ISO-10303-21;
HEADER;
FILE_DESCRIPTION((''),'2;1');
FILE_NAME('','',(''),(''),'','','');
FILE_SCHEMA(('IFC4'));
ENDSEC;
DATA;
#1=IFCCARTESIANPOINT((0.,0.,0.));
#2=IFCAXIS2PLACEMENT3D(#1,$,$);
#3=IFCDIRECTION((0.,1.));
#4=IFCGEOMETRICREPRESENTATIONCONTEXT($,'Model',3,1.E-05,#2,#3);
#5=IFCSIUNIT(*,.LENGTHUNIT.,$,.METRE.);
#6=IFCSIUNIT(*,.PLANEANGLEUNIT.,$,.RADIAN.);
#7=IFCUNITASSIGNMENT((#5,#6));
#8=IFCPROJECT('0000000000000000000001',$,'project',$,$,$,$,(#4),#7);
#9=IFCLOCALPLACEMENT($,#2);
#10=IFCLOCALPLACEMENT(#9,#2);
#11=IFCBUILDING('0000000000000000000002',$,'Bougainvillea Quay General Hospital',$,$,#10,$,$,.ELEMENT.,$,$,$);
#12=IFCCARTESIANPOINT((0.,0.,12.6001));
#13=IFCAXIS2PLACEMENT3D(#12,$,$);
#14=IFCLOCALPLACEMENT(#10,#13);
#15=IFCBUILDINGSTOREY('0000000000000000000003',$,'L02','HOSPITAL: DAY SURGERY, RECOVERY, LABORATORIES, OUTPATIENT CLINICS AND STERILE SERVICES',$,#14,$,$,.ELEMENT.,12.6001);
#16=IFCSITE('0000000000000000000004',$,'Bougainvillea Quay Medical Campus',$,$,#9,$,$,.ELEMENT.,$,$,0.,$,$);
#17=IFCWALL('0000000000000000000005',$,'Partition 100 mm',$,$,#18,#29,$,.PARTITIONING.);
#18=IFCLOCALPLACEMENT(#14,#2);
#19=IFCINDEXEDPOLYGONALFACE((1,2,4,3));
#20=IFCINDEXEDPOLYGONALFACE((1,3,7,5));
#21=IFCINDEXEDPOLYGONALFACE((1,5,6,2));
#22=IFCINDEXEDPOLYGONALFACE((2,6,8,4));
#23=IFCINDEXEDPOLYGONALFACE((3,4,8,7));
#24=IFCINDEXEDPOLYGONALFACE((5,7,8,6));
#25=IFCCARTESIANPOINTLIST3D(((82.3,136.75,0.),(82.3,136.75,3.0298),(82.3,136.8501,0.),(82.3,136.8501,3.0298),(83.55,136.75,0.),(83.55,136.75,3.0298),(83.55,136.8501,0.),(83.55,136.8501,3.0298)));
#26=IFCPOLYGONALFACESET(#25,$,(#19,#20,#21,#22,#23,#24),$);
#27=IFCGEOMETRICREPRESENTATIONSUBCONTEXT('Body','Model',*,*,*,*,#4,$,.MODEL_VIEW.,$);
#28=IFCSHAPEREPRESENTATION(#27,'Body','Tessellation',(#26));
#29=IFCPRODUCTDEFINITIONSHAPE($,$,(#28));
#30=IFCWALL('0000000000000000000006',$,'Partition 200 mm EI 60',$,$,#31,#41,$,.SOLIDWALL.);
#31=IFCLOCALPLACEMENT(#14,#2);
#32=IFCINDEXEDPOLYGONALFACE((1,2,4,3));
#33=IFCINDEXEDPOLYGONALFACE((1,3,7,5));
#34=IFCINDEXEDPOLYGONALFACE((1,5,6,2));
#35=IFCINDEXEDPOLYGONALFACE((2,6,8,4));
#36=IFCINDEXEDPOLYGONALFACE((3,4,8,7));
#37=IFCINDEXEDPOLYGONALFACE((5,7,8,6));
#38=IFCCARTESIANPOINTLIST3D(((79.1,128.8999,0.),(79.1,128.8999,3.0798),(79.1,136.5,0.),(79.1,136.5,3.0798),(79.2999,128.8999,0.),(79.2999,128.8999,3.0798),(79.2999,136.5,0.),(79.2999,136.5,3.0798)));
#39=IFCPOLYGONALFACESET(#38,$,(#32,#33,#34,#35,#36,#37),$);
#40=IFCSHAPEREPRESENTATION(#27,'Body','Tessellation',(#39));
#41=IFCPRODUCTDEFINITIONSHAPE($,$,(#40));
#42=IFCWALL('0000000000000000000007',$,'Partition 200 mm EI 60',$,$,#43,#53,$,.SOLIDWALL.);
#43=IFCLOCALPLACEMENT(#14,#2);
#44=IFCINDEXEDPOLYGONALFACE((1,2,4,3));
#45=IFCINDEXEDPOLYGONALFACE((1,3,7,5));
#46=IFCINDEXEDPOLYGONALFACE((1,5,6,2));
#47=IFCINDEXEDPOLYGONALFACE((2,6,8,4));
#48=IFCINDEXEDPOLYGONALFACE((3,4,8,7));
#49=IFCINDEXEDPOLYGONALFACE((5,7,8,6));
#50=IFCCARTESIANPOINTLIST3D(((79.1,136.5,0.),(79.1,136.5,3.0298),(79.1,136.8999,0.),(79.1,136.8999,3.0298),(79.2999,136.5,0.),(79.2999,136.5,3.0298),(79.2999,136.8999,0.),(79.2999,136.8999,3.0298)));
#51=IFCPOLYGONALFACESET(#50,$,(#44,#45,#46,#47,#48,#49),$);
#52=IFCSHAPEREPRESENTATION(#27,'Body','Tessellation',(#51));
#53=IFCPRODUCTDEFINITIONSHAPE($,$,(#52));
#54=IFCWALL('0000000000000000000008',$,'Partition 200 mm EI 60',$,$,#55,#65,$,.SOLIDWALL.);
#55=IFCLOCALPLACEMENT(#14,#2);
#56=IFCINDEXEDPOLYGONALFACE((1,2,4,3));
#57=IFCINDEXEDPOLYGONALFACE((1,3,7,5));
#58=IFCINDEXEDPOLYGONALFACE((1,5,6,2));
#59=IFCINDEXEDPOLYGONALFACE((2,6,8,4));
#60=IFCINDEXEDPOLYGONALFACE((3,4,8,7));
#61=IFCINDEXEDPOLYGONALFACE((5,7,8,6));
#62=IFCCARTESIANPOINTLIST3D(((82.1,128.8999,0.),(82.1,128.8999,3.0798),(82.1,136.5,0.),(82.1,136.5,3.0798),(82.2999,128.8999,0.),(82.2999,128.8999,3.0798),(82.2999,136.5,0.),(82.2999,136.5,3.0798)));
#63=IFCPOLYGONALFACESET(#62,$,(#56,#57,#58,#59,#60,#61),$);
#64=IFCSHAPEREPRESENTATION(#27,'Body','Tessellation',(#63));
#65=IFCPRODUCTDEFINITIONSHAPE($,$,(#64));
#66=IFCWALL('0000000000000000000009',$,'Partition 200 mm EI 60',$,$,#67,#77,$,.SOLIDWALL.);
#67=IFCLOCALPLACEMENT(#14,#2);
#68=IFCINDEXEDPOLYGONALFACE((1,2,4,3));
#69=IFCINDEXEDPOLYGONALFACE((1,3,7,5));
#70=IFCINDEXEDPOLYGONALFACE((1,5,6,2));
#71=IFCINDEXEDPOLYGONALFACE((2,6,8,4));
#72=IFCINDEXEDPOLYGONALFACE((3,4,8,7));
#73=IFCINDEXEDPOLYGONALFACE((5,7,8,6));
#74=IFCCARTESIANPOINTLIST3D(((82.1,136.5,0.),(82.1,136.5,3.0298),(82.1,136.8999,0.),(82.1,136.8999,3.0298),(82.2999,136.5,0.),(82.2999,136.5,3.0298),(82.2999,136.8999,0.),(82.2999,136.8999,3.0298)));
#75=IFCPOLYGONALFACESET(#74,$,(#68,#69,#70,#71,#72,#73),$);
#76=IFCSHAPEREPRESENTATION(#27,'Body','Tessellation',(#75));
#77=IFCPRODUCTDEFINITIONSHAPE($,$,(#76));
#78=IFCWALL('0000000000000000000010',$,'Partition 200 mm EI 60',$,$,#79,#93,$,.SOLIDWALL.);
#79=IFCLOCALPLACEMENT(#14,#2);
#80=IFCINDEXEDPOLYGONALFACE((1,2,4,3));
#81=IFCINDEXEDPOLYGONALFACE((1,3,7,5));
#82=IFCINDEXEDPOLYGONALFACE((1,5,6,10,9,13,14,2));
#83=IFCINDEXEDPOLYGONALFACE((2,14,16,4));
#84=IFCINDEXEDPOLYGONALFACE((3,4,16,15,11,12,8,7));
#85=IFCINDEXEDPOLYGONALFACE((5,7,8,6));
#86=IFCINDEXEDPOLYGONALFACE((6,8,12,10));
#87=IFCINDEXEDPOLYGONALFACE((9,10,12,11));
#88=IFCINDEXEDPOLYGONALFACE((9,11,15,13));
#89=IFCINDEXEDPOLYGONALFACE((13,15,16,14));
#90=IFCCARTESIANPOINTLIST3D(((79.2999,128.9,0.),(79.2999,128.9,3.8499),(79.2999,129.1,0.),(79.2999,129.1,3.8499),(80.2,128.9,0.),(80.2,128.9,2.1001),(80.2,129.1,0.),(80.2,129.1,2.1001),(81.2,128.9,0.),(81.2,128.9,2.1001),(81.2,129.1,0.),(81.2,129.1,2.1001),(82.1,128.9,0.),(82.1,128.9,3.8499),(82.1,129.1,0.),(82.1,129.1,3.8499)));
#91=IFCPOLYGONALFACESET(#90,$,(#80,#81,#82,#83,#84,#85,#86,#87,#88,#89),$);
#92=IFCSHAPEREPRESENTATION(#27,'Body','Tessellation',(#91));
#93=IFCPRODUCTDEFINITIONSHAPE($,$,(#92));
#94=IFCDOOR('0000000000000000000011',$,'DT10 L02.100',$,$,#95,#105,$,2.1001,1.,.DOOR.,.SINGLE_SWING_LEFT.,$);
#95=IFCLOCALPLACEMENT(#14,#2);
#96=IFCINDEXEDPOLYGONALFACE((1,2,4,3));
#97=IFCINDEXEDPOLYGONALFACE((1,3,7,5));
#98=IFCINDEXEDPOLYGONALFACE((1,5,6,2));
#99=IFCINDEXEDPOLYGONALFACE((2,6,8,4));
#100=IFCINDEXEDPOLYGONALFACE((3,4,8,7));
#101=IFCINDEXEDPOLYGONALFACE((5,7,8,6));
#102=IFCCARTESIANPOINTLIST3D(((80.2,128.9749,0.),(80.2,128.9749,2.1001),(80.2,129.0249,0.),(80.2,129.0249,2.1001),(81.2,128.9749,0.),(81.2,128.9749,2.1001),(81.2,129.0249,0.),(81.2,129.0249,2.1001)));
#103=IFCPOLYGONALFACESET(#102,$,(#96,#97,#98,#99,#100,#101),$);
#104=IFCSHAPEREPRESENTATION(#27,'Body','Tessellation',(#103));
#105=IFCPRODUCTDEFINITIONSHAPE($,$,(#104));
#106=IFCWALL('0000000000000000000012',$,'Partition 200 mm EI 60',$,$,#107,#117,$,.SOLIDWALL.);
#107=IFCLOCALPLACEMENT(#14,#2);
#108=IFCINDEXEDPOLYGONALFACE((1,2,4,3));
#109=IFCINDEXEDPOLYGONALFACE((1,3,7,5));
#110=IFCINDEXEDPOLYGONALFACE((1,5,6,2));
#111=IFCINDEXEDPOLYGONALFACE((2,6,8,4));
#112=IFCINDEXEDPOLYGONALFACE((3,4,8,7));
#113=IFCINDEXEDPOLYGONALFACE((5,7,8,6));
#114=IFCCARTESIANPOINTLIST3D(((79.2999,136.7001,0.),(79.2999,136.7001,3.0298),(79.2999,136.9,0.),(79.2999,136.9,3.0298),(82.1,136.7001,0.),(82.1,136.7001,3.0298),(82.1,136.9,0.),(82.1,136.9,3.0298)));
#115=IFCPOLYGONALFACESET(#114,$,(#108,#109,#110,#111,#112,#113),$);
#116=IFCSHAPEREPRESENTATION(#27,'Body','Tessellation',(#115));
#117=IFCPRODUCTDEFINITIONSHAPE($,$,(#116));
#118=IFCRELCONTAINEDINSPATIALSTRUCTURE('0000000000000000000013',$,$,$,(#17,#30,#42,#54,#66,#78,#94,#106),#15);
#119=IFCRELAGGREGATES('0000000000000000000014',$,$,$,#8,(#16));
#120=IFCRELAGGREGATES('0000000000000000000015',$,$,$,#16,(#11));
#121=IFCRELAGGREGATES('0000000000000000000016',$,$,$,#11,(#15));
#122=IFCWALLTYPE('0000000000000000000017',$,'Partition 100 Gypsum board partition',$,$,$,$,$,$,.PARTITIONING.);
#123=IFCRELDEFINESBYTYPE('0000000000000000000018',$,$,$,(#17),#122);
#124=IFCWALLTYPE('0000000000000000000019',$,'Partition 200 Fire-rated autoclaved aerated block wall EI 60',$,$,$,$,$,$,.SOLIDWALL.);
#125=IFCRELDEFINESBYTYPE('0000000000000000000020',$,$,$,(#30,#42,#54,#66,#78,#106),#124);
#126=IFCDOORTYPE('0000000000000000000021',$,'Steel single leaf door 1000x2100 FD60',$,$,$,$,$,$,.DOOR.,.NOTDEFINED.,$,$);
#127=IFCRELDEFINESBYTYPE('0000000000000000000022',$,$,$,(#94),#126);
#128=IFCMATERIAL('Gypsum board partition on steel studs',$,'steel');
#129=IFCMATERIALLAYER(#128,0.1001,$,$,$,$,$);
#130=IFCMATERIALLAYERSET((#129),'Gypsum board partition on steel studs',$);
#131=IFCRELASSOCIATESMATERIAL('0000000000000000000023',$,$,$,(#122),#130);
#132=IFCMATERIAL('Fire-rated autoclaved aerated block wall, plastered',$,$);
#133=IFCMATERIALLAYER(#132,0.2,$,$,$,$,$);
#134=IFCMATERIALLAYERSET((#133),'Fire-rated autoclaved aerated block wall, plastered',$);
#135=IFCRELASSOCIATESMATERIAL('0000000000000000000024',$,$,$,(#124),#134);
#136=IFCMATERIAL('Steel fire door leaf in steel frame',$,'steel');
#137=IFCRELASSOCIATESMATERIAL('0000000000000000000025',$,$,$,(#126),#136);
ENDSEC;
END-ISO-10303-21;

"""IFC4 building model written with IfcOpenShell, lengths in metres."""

from ifc_helpers import new_model, si_unit, direction, frame, frame_2d, origin, place, context, subcontext, project, spatial, rectangle, extrude, material, layer, layer_set, type_object, element, fill, save


model = new_model("IFC4")

# Units and contexts
model_context = context("Model", 3, precision=1e-05, world=origin(), true_north=direction((0.0, 1.0)))
body_context = subcontext(model_context, "Body", "Model", "MODEL_VIEW")
ifc_project = project(units=[si_unit("LENGTHUNIT", "METRE"), si_unit("PLANEANGLEUNIT", "RADIAN")], contexts=[model_context])

# Site, building, storey
site_placement = place(None, origin())
site = spatial("IfcSite", under=ifc_project, at=site_placement, Name="Bougainvillea Quay Medical Campus", CompositionType="ELEMENT", RefElevation=0.0)
building_placement = place(site_placement, origin())
building = spatial("IfcBuilding", under=site, at=building_placement, Name="Bougainvillea Quay General Hospital", CompositionType="ELEMENT")
storey_placement = place(building_placement, frame((0.0, 0.0, 12.6001)))
storey = spatial("IfcBuildingStorey", under=building, at=storey_placement, Name="L02", Description="HOSPITAL: DAY SURGERY, RECOVERY, LABORATORIES, OUTPATIENT CLINICS AND STERILE SERVICES", CompositionType="ELEMENT", Elevation=12.6001)

# Shared definitions
ifc_material_1 = material(Name="Gypsum board partition on steel studs", Category="steel")
ifc_layer_1 = layer(ifc_material_1, 0.1001)
ifc_layer_set_1 = layer_set([ifc_layer_1], Name="Gypsum board partition on steel studs")
wall_type_1 = type_object("IfcWallType", Name="Partition 100 Gypsum board partition", PredefinedType="PARTITIONING", material=ifc_layer_set_1)

# Walls
wall_1_placement = place(storey_placement, frame((82.3, 136.8, 0.0), z_axis=(0.0, 0.0, 1.0), x_axis=(1.0, 0.0, 0.0)))
element("IfcWall", 1, at=wall_1_placement, inside=storey, type_object=wall_type_1, Name="Partition 100 mm", PredefinedType="PARTITIONING", context=body_context, shape_type="SweptSolid", body=[
    extrude(rectangle(XDim=1.25, YDim=0.1001, at=frame_2d((0.625, 0.0))), origin(), (0.0, 0.0, 1.0), 3.0298),
])
ifc_material_2 = material(Name="Fire-rated autoclaved aerated block wall, plastered")
ifc_layer_2 = layer(ifc_material_2, 0.2)
ifc_layer_set_2 = layer_set([ifc_layer_2], Name="Fire-rated autoclaved aerated block wall, plastered")
wall_type_2 = type_object("IfcWallType", Name="Partition 200 Fire-rated autoclaved aerated block wall EI 60", PredefinedType="SOLIDWALL", material=ifc_layer_set_2)
wall_2_placement = place(storey_placement, frame((79.2, 128.8999, 0.0), z_axis=(0.0, 0.0, 1.0), x_axis=(0.0, 1.0, 0.0)))
element("IfcWall", 2, at=wall_2_placement, inside=storey, type_object=wall_type_2, Name="Partition 200 mm EI 60", PredefinedType="SOLIDWALL", context=body_context, shape_type="SweptSolid", body=[
    extrude(rectangle(XDim=7.6001, YDim=0.2, at=frame_2d((3.8, 0.0))), origin(), (0.0, 0.0, 1.0), 3.0798),
])
wall_3_placement = place(storey_placement, frame((79.2, 136.5, 0.0), z_axis=(0.0, 0.0, 1.0), x_axis=(0.0, 1.0, 0.0)))
element("IfcWall", 3, at=wall_3_placement, inside=storey, type_object=wall_type_2, Name="Partition 200 mm EI 60", PredefinedType="SOLIDWALL", context=body_context, shape_type="SweptSolid", body=[
    extrude(rectangle(XDim=0.3999, YDim=0.2, at=frame_2d((0.2, 0.0))), origin(), (0.0, 0.0, 1.0), 3.0298),
])
wall_4_placement = place(storey_placement, frame((82.2, 128.8999, 0.0), z_axis=(0.0, 0.0, 1.0), x_axis=(0.0, 1.0, 0.0)))
element("IfcWall", 4, at=wall_4_placement, inside=storey, type_object=wall_type_2, Name="Partition 200 mm EI 60", PredefinedType="SOLIDWALL", context=body_context, shape_type="SweptSolid", body=[
    extrude(rectangle(XDim=7.6001, YDim=0.2, at=frame_2d((3.8, 0.0))), origin(), (0.0, 0.0, 1.0), 3.0798),
])
wall_5_placement = place(storey_placement, frame((82.2, 136.5, 0.0), z_axis=(0.0, 0.0, 1.0), x_axis=(0.0, 1.0, 0.0)))
element("IfcWall", 5, at=wall_5_placement, inside=storey, type_object=wall_type_2, Name="Partition 200 mm EI 60", PredefinedType="SOLIDWALL", context=body_context, shape_type="SweptSolid", body=[
    extrude(rectangle(XDim=0.3999, YDim=0.2, at=frame_2d((0.2, 0.0))), origin(), (0.0, 0.0, 1.0), 3.0298),
])

# Wall, opening, door
wall_6_placement = place(storey_placement, frame((79.3, 129.0, 0.0), z_axis=(0.0, 0.0, 1.0), x_axis=(1.0, 0.0, 0.0)))
wall_6 = element("IfcWall", 6, at=wall_6_placement, inside=storey, type_object=wall_type_2, Name="Partition 200 mm EI 60", PredefinedType="SOLIDWALL", context=body_context, shape_type="SweptSolid", body=[
    extrude(rectangle(XDim=2.8, YDim=0.2, at=frame_2d((1.3999, 0.0))), origin(), (0.0, 0.0, 1.0), 3.8499),
])
opening_1_placement = place(wall_6_placement, frame((0.8999, 0.0, 0.0)))
opening_1 = element("IfcOpeningElement", 7, at=opening_1_placement, cuts=wall_6, PredefinedType="OPENING", context=body_context, shape_type="SweptSolid", body=[
    extrude(rectangle(XDim=1.0, YDim=2.1001, at=frame_2d((0.5, 1.05))), frame((0.0, 0.1099, 0.0), z_axis=(0.0, -1.0, 0.0), x_axis=(1.0, 0.0, 0.0)), (0.0, 0.0, 1.0), 0.22),
])
ifc_material_3 = material(Name="Steel fire door leaf in steel frame", Category="steel")
door_type_1 = type_object("IfcDoorType", Name="Steel single leaf door 1000x2100 FD60", OperationType="NOTDEFINED", PredefinedType="DOOR", material=ifc_material_3)
door_1_placement = place(opening_1_placement, origin())
door_1 = element("IfcDoor", 8, at=door_1_placement, inside=storey, type_object=door_type_1, Name="DT10 L02.100", OperationType="SINGLE_SWING_LEFT", OverallHeight=2.1001, OverallWidth=1.0, PredefinedType="DOOR", context=body_context, shape_type="SweptSolid", body=[
    extrude(rectangle(XDim=1.0, YDim=2.1001, at=frame_2d((0.5, 1.05))), frame((0.0, 0.0249, 0.0), z_axis=(0.0, -1.0, 0.0), x_axis=(1.0, 0.0, 0.0)), (0.0, 0.0, 1.0), 0.05),
])
fill(opening_1, door_1)

# Wall
wall_7_placement = place(storey_placement, frame((79.3, 136.8, 0.0), z_axis=(0.0, 0.0, 1.0), x_axis=(1.0, 0.0, 0.0)))
element("IfcWall", 9, at=wall_7_placement, inside=storey, type_object=wall_type_2, Name="Partition 200 mm EI 60", PredefinedType="SOLIDWALL", context=body_context, shape_type="SweptSolid", body=[
    extrude(rectangle(XDim=2.8, YDim=0.2, at=frame_2d((1.3999, 0.0))), origin(), (0.0, 0.0, 1.0), 3.0298),
])

save(model, "model.ifc")
